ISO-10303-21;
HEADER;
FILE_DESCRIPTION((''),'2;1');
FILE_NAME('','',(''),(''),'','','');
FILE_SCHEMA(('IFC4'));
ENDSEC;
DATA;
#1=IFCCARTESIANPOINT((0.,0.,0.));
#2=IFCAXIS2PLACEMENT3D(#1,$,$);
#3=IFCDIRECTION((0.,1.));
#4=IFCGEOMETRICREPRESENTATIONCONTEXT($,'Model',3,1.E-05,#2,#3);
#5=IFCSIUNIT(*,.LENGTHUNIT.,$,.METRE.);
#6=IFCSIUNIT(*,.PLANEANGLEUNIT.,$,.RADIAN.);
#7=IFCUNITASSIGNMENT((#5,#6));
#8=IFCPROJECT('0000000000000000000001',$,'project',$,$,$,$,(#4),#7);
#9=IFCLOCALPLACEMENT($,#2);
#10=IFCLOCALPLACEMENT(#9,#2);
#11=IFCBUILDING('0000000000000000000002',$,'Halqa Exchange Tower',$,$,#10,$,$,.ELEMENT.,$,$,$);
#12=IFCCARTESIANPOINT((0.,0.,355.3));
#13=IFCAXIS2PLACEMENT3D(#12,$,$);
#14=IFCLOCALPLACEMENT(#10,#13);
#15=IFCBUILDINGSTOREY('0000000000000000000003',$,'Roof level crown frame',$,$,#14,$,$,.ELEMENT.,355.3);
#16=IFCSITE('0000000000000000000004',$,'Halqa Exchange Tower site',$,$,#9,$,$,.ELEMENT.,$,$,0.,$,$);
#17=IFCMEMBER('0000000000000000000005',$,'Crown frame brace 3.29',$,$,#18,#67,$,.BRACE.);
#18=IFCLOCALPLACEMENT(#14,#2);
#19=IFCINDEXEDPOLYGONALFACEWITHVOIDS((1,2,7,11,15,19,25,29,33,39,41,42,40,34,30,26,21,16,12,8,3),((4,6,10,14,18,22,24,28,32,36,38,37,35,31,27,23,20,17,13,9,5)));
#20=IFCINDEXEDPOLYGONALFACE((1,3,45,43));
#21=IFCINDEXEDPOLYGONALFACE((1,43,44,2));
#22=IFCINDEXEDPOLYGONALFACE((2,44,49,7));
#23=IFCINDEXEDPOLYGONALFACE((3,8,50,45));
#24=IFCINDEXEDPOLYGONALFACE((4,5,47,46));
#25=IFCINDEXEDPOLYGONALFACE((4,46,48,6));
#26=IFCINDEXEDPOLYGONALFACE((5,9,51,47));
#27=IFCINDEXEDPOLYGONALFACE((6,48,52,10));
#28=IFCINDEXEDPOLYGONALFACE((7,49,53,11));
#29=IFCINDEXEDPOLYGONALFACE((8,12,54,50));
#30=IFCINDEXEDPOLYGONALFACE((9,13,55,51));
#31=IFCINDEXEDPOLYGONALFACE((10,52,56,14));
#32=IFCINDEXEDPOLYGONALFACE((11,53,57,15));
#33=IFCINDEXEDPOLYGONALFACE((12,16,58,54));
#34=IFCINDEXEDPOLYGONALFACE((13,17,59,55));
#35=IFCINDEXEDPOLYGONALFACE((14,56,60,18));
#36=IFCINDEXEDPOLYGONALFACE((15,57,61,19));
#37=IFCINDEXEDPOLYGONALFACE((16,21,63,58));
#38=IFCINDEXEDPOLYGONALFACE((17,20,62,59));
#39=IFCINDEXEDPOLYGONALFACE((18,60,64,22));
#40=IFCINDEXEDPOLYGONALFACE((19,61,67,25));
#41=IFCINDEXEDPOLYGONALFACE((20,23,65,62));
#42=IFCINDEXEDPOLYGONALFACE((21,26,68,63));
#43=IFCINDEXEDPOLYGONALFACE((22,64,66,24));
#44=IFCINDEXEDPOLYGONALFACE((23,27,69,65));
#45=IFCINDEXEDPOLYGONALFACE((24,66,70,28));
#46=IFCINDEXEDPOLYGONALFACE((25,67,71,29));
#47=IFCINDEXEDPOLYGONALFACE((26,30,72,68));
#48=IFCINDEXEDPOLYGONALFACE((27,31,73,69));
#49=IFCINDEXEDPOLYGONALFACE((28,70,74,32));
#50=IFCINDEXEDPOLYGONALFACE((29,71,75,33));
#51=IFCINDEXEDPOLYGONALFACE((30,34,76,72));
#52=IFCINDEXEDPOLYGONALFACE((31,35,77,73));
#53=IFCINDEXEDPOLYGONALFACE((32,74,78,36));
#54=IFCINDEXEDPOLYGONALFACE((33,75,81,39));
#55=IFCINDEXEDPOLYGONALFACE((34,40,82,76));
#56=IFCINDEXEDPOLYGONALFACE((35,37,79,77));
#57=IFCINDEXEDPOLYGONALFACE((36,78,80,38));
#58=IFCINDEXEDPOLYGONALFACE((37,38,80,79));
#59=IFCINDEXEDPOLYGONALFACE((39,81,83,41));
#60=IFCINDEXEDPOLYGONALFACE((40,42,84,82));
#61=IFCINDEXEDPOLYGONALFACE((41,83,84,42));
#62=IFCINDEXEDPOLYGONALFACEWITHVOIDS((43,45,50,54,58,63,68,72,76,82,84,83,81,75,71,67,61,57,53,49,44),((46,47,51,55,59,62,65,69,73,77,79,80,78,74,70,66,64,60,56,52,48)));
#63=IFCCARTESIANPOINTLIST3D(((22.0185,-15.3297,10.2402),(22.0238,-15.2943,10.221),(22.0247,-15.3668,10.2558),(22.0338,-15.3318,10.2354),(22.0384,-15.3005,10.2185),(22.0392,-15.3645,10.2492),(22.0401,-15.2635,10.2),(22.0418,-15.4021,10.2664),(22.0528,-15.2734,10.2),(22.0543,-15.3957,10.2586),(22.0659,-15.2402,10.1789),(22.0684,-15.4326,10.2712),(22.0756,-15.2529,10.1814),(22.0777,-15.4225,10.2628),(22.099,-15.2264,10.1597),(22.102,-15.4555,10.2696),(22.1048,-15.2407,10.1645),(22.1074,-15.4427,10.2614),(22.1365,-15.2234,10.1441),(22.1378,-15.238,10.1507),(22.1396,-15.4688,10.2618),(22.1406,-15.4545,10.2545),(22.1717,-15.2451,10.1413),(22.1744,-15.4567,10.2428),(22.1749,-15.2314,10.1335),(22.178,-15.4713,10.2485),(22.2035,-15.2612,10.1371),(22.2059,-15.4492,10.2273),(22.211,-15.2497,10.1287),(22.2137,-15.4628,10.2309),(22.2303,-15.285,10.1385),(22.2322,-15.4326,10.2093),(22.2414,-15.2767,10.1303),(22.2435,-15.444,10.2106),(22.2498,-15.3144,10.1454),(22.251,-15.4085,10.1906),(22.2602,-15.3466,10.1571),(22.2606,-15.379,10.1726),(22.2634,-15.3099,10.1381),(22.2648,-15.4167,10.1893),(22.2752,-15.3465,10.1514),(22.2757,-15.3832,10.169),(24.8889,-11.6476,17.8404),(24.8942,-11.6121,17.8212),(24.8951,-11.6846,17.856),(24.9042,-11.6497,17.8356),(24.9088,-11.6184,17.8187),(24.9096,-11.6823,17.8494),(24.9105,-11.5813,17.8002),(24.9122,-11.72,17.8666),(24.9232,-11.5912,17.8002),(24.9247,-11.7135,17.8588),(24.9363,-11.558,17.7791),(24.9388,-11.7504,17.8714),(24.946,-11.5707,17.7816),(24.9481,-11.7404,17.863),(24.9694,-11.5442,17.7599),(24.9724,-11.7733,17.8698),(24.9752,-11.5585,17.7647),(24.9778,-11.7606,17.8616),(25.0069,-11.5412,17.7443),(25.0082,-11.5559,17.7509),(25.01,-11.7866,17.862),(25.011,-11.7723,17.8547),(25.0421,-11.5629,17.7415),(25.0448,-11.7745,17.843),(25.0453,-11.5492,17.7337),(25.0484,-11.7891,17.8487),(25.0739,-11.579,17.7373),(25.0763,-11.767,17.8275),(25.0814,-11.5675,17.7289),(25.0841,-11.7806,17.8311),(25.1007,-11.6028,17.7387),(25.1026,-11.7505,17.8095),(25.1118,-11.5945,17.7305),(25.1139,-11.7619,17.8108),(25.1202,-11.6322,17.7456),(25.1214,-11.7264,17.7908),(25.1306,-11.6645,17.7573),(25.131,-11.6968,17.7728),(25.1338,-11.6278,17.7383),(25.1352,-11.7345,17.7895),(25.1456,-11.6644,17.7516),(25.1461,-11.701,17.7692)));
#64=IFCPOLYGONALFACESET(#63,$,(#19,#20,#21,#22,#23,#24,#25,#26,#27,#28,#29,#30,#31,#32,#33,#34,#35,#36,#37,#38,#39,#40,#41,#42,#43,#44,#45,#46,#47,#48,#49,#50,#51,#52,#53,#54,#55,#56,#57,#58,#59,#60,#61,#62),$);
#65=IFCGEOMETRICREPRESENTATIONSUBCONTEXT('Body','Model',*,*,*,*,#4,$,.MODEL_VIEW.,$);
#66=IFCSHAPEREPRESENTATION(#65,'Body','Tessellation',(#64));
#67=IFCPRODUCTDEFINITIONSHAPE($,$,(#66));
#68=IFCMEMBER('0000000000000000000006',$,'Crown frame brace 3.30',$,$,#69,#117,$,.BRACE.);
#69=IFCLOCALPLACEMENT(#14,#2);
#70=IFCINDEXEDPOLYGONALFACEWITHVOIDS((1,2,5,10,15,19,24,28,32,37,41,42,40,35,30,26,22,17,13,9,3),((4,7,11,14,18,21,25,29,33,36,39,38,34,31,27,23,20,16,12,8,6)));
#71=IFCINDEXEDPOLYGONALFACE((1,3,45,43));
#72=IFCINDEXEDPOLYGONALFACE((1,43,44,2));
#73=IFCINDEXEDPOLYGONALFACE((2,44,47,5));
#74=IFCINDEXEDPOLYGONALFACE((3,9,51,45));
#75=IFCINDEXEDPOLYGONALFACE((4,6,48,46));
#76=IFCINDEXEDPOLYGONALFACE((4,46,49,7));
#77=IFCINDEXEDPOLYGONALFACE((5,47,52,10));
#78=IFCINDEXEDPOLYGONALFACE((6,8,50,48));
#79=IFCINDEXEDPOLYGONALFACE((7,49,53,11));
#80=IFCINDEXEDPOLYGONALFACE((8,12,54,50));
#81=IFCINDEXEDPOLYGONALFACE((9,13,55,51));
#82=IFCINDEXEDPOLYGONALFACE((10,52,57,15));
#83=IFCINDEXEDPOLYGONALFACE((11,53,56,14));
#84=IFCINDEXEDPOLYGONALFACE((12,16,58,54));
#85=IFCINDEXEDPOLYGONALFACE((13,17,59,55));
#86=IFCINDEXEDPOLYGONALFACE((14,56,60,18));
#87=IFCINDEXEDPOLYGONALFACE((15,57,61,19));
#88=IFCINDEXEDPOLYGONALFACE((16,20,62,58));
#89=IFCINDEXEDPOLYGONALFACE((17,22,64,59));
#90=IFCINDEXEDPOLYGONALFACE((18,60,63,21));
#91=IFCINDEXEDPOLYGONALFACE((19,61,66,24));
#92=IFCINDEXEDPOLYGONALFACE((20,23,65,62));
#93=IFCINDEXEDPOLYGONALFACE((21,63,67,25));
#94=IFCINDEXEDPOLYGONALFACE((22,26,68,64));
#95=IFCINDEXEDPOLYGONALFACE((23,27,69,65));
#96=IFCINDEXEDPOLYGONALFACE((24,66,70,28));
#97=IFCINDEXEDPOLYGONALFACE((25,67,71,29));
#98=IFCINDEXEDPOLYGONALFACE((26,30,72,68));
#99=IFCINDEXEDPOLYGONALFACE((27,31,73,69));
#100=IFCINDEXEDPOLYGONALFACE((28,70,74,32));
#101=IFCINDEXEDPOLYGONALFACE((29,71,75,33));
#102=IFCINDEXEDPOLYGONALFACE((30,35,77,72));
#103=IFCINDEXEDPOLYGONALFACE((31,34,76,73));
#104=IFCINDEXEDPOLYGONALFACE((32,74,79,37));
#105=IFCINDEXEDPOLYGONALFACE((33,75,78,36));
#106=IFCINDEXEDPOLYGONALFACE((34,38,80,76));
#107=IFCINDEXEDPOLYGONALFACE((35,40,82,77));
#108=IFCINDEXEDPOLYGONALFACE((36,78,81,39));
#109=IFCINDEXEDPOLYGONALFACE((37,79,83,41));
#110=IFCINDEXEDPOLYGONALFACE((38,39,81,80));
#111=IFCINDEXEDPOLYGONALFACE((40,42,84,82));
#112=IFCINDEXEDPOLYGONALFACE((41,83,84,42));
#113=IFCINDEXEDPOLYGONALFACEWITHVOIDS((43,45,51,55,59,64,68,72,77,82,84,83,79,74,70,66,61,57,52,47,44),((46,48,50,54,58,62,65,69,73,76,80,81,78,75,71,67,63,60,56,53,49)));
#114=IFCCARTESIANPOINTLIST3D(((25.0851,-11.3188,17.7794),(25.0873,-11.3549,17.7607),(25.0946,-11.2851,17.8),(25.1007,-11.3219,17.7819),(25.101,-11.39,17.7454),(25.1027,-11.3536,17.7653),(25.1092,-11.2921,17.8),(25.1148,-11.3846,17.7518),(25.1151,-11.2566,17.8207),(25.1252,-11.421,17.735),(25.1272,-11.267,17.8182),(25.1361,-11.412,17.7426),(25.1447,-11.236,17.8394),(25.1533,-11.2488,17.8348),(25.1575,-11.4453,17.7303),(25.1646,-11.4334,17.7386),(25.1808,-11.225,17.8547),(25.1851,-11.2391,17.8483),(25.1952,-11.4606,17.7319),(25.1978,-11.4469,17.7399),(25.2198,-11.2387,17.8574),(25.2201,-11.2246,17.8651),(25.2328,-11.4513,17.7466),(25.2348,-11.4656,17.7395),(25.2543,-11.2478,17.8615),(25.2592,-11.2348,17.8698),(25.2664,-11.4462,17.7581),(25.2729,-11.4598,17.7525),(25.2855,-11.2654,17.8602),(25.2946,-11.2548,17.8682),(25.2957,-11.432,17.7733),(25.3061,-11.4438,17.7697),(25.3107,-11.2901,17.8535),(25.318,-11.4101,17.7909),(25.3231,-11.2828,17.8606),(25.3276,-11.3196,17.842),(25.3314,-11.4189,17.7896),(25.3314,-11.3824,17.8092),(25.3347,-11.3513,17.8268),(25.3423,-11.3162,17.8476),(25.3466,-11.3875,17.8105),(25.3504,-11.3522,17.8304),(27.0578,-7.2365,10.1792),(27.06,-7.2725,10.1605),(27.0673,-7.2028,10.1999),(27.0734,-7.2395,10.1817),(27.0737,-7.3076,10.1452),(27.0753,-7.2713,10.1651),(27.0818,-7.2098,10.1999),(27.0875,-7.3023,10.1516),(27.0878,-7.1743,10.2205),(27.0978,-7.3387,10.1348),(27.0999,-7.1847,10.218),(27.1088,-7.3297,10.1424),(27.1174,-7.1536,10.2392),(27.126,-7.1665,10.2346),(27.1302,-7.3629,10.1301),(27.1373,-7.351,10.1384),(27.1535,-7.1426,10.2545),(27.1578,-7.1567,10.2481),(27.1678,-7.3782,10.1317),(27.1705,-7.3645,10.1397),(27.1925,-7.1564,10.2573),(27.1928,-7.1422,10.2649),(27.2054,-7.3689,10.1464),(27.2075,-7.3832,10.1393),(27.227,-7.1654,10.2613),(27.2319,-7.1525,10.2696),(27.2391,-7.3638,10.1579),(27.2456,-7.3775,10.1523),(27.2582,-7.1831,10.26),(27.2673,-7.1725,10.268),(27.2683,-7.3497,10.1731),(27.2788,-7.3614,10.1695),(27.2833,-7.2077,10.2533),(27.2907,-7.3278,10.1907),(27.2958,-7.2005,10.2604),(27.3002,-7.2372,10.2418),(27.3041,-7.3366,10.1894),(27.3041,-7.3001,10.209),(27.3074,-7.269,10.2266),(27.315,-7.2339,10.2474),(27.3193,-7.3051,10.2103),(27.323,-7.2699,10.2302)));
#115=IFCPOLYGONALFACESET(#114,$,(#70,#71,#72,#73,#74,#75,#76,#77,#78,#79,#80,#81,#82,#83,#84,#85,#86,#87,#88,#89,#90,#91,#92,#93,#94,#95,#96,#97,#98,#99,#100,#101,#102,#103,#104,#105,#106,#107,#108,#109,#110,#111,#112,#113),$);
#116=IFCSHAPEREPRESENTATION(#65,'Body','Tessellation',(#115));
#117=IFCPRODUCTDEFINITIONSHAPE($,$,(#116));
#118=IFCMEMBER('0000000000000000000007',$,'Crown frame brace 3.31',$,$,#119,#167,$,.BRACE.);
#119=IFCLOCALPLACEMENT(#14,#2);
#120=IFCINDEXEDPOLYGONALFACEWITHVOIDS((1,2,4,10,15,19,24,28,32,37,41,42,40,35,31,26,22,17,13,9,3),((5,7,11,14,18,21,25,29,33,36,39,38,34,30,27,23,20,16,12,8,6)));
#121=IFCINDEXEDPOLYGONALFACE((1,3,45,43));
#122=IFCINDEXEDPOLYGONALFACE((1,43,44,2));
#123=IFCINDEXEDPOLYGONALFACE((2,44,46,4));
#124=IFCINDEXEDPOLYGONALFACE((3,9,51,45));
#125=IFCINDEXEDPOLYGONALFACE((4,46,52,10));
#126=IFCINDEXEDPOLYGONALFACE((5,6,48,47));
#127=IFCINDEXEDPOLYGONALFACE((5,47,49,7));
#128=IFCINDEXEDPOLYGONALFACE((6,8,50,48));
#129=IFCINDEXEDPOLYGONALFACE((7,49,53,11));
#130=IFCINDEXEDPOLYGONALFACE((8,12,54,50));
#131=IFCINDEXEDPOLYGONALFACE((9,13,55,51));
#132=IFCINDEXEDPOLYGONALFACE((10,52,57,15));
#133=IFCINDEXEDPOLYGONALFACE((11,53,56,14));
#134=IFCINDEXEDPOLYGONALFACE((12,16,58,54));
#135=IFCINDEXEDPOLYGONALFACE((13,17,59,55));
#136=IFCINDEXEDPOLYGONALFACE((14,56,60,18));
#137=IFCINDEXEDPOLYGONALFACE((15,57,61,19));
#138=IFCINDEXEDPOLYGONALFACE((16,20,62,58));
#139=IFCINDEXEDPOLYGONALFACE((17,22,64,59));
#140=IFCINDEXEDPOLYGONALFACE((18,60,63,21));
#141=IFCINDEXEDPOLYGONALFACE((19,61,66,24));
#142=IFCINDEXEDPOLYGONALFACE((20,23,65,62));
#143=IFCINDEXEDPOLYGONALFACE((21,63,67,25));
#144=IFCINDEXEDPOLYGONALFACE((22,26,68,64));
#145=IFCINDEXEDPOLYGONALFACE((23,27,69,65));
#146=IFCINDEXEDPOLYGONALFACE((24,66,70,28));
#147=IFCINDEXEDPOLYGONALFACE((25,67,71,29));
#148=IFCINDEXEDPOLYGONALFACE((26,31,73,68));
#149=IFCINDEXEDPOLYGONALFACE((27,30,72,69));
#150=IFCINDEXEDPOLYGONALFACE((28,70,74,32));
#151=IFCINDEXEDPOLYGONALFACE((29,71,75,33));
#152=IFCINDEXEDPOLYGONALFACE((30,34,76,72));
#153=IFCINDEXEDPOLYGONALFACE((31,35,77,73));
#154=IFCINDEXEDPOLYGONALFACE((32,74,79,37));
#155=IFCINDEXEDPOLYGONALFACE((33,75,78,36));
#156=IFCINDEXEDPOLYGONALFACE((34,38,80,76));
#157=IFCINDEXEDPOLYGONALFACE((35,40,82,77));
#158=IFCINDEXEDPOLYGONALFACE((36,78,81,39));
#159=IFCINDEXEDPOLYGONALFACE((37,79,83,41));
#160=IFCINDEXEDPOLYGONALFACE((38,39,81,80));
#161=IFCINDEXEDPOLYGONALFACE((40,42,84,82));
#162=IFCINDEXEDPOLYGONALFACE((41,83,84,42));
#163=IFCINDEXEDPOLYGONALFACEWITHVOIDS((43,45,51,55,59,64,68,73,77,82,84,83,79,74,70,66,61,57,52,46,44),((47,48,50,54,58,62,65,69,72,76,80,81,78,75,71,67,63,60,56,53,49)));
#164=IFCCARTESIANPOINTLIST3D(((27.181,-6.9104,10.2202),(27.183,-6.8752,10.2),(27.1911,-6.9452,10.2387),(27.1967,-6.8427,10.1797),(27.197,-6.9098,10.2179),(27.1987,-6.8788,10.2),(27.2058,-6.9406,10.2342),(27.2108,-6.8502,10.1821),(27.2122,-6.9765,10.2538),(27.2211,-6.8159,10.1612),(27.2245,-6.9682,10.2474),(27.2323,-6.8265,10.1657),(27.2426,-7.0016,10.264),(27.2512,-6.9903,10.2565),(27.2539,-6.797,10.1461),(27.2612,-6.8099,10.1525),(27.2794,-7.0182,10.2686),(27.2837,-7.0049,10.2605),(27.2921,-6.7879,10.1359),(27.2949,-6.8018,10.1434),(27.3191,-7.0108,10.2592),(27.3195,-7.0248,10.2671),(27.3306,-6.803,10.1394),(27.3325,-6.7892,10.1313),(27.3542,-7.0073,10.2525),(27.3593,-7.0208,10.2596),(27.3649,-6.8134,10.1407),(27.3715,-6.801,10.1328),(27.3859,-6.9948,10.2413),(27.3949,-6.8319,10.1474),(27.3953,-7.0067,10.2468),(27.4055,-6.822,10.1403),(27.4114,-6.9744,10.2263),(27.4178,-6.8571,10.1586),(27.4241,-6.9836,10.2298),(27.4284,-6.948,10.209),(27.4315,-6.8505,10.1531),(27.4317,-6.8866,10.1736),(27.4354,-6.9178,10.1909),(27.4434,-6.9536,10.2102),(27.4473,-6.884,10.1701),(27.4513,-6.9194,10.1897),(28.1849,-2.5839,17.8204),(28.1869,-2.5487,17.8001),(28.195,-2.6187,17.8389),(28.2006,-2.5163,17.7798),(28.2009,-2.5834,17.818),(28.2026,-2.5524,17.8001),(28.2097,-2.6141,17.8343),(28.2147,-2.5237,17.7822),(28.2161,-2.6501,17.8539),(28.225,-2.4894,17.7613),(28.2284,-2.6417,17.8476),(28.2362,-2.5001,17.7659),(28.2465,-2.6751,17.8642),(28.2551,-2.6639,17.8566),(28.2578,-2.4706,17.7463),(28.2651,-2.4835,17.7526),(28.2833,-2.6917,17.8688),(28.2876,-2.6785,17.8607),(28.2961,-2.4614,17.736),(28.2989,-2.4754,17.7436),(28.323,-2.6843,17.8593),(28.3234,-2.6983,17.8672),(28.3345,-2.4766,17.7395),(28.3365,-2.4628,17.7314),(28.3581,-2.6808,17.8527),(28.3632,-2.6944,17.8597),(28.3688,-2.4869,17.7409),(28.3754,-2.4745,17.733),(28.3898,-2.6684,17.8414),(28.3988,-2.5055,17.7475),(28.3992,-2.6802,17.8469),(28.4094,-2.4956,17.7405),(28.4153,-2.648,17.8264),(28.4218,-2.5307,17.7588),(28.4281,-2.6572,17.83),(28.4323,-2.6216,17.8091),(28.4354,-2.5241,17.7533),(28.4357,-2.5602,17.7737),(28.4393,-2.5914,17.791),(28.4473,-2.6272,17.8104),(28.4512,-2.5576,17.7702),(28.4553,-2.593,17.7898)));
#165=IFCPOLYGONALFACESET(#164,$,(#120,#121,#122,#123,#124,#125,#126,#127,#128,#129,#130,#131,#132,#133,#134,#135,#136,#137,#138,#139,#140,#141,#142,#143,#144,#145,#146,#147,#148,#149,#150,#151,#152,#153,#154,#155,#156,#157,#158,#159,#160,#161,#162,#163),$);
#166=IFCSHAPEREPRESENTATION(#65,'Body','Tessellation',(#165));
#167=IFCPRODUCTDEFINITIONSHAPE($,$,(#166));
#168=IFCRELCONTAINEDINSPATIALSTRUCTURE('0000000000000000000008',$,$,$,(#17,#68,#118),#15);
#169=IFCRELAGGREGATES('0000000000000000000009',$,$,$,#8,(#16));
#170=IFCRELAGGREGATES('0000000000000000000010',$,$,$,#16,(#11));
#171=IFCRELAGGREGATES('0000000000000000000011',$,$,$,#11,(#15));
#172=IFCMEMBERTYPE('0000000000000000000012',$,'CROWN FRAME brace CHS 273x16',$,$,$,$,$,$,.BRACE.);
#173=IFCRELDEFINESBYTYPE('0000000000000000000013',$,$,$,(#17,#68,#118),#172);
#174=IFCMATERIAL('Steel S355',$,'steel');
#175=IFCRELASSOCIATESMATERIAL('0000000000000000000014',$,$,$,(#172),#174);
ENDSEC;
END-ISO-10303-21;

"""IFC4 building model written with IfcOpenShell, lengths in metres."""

from ifc_helpers import new_model, si_unit, direction, frame, origin, origin_2d, place, context, subcontext, project, spatial, hollow_circle, extrude, material, material_profile, profile_set, type_object, element, save


model = new_model("IFC4")

# Units and contexts
model_context = context("Model", 3, precision=1e-05, world=origin(), true_north=direction((0.0, 1.0)))
body_context = subcontext(model_context, "Body", "Model", "MODEL_VIEW")
ifc_project = project(units=[si_unit("LENGTHUNIT", "METRE"), si_unit("PLANEANGLEUNIT", "RADIAN")], contexts=[model_context])

# Site, building, storey
site_placement = place(None, origin())
site = spatial("IfcSite", under=ifc_project, at=site_placement, Name="Halqa Exchange Tower site", CompositionType="ELEMENT", RefElevation=0.0)
building_placement = place(site_placement, origin())
building = spatial("IfcBuilding", under=site, at=building_placement, Name="Halqa Exchange Tower", CompositionType="ELEMENT")
storey_placement = place(building_placement, frame((0.0, 0.0, 355.3)))
storey = spatial("IfcBuildingStorey", under=building, at=storey_placement, Name="Roof level crown frame", CompositionType="ELEMENT", Elevation=355.3)

# Members
ifc_material_1 = material(Name="Steel S355", Category="steel")
ifc_material_profile_1 = material_profile(ifc_material_1, hollow_circle(Radius=0.1365, WallThickness=0.0161, at=origin_2d()), Name="CHS 273x16")
ifc_profile_set_1 = profile_set([ifc_material_profile_1], Name="Steel S355")
member_type = type_object("IfcMemberType", Name="CROWN FRAME brace CHS 273x16", PredefinedType="BRACE", material=ifc_profile_set_1)
member_1_placement = place(storey_placement, frame((22.1477, -15.3474, 10.2), z_axis=(0.321805, 0.412815, 0.852071), x_axis=(-0.788679, 0.614805, 0.0)))
element("IfcMember", 1, at=member_1_placement, inside=storey, type_object=member_type, Name="Crown frame brace 3.29", PredefinedType="BRACE", context=body_context, shape_type="SweptSolid", body=[
    extrude(hollow_circle(Radius=0.1365, WallThickness=0.0161, at=origin_2d()), origin(), (0.0, 0.0, 1.0), 8.9197),
])
member_2_placement = place(storey_placement, frame((25.2175, -11.3445, 17.8), z_axis=(0.222906, 0.461288, -0.858794), x_axis=(-0.900387, 0.435089, 0.0)))
element("IfcMember", 2, at=member_2_placement, inside=storey, type_object=member_type, Name="Crown frame brace 3.30", PredefinedType="BRACE", context=body_context, shape_type="SweptSolid", body=[
    extrude(hollow_circle(Radius=0.1365, WallThickness=0.0161, at=origin_2d()), origin(), (0.0, 0.0, 1.0), 8.8499),
])
member_3_placement = place(storey_placement, frame((27.3159, -6.906, 10.2), z_axis=(0.114046, 0.491488, 0.863384), x_axis=(-0.974119, 0.226036, 0.0)))
element("IfcMember", 3, at=member_3_placement, inside=storey, type_object=member_type, Name="Crown frame brace 3.31", PredefinedType="BRACE", context=body_context, shape_type="SweptSolid", body=[
    extrude(hollow_circle(Radius=0.1365, WallThickness=0.0161, at=origin_2d()), origin(), (0.0, 0.0, 1.0), 8.8027),
])

save(model, "model.ifc")
